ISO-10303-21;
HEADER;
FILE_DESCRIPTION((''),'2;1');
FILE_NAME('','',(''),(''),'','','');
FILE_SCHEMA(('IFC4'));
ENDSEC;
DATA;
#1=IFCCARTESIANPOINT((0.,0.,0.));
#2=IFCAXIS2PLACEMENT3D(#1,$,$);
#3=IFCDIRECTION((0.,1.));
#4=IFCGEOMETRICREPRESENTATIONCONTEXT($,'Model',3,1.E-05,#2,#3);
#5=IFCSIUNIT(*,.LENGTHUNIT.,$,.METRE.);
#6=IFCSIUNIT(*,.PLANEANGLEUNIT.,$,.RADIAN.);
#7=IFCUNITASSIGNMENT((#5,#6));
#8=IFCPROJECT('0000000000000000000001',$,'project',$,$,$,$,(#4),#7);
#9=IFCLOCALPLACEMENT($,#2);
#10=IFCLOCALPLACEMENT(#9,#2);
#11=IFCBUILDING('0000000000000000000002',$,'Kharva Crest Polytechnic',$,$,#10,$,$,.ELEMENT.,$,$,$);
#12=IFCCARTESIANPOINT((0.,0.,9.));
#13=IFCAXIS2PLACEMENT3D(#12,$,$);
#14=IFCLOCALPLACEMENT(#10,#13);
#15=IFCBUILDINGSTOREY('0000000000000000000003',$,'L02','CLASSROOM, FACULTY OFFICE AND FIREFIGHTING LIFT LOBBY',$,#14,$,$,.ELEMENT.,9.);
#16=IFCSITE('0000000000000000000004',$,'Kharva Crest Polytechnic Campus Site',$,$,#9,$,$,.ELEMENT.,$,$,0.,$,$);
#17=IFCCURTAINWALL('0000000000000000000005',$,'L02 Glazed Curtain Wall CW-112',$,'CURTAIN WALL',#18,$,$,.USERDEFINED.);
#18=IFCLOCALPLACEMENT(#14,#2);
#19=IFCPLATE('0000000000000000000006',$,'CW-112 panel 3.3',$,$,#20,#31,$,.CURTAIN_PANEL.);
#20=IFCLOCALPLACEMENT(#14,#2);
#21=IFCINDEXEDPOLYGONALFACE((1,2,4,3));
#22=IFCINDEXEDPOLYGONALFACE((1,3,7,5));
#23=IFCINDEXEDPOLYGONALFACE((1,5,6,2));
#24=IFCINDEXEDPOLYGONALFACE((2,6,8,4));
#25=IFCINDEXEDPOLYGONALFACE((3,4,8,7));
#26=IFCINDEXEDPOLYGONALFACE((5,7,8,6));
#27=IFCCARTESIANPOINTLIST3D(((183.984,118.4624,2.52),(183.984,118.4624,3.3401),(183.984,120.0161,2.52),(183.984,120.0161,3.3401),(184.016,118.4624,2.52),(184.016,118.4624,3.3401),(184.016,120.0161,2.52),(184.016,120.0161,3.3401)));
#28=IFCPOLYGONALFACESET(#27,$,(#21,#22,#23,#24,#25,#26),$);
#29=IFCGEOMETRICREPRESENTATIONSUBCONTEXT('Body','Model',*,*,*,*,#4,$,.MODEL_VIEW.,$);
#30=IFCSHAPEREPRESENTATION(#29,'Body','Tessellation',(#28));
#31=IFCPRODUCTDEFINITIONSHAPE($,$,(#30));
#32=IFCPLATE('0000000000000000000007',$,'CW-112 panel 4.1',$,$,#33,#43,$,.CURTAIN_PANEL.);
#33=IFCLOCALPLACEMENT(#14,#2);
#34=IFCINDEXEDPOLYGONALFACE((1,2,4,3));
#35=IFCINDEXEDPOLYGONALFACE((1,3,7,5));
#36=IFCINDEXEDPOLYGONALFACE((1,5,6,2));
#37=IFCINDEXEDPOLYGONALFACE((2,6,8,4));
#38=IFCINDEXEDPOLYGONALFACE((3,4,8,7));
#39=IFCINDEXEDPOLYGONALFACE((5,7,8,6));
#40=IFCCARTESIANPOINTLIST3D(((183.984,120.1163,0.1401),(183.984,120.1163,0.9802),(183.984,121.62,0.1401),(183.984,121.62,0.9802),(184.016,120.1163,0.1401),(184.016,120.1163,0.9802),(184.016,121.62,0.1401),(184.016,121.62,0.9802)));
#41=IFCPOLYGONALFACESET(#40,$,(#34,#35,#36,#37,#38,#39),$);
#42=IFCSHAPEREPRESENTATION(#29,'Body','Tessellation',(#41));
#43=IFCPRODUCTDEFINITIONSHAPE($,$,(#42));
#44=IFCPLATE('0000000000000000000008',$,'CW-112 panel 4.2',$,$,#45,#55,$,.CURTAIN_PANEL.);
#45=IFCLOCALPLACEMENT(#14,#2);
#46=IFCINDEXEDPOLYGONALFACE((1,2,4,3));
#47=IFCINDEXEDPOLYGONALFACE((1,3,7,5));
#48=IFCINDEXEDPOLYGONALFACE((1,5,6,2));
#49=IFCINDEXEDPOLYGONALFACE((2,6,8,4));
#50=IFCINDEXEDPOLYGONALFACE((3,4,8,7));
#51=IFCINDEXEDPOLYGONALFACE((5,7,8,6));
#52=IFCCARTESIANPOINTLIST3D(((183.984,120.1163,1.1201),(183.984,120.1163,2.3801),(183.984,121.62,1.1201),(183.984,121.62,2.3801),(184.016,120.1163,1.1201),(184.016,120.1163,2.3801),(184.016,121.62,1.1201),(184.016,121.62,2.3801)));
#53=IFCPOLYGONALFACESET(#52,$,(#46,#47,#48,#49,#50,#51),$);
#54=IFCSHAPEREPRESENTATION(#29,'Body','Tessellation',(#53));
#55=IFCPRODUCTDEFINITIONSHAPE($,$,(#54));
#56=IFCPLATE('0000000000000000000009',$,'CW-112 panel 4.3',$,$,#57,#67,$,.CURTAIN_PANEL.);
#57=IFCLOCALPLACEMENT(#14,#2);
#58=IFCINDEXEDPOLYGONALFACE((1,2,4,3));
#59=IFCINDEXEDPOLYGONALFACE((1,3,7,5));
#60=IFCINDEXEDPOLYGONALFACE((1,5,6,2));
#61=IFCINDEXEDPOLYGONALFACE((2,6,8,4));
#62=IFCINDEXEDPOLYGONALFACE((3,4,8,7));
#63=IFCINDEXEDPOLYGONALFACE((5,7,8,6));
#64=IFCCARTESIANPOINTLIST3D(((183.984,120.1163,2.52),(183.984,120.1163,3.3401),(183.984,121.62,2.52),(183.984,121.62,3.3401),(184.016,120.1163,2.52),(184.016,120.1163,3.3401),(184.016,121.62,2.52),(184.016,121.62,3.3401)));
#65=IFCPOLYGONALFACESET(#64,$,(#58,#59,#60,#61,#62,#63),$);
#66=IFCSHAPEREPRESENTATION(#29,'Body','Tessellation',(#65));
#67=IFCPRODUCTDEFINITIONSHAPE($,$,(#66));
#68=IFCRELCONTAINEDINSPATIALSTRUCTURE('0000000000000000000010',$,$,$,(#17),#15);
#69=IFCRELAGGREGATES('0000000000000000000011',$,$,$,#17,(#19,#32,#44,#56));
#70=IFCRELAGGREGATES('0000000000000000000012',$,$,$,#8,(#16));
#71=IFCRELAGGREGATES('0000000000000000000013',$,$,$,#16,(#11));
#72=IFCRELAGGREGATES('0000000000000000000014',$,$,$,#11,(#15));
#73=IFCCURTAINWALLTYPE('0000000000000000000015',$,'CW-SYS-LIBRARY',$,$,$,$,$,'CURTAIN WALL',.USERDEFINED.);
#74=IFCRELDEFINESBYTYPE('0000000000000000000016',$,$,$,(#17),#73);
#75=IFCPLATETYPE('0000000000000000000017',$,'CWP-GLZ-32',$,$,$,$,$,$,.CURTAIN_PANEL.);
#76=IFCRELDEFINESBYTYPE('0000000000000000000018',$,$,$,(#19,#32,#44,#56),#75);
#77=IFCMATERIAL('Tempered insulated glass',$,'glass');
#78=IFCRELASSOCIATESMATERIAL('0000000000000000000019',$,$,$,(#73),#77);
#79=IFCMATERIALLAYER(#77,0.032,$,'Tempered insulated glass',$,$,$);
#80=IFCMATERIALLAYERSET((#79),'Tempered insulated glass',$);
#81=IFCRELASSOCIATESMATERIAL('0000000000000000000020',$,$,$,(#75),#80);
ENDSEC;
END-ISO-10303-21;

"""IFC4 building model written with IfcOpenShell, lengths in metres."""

from ifc_helpers import new_model, si_unit, direction, frame, origin, origin_2d, place, context, subcontext, project, spatial, rectangle, extrude, material, layer, layer_set, type_object, element, aggregate, save


model = new_model("IFC4")

# Units and contexts
model_context = context("Model", 3, precision=1e-05, world=origin(), true_north=direction((0.0, 1.0)))
body_context = subcontext(model_context, "Body", "Model", "MODEL_VIEW")
ifc_project = project(units=[si_unit("LENGTHUNIT", "METRE"), si_unit("PLANEANGLEUNIT", "RADIAN")], contexts=[model_context])

# Site, building, storey
site_placement = place(None, origin())
site = spatial("IfcSite", under=ifc_project, at=site_placement, Name="Kharva Crest Polytechnic Campus Site", CompositionType="ELEMENT", RefElevation=0.0)
building_placement = place(site_placement, origin())
building = spatial("IfcBuilding", under=site, at=building_placement, Name="Kharva Crest Polytechnic", CompositionType="ELEMENT")
storey_placement = place(building_placement, frame((0.0, 0.0, 9.0)))
storey = spatial("IfcBuildingStorey", under=building, at=storey_placement, Name="L02", Description="CLASSROOM, FACULTY OFFICE AND FIREFIGHTING LIFT LOBBY", CompositionType="ELEMENT", Elevation=9.0)

# Curtain wall
ifc_material_1 = material(Name="Tempered insulated glass", Category="glass")
curtain_wall_type = type_object("IfcCurtainWallType", Name="CW-SYS-LIBRARY", ElementType="CURTAIN WALL", PredefinedType="USERDEFINED", material=ifc_material_1)
curtain_wall_1_placement = place(storey_placement, origin())
curtain_wall_1 = element("IfcCurtainWall", 1, at=curtain_wall_1_placement, inside=storey, type_object=curtain_wall_type, Name="L02 Glazed Curtain Wall CW-112", ObjectType="CURTAIN WALL", PredefinedType="USERDEFINED")

# Plates
ifc_layer = layer(ifc_material_1, 0.032, Name="Tempered insulated glass")
ifc_layer_set = layer_set([ifc_layer], Name="Tempered insulated glass")
plate_type = type_object("IfcPlateType", Name="CWP-GLZ-32", PredefinedType="CURTAIN_PANEL", material=ifc_layer_set)
plate_1_placement = place(storey_placement, frame((184.0, 119.2393, 2.52), z_axis=(0.0, 0.0, 1.0), x_axis=(0.0, 1.0, 0.0)))
plate_1 = element("IfcPlate", 2, at=plate_1_placement, type_object=plate_type, Name="CW-112 panel 3.3", PredefinedType="CURTAIN_PANEL", context=body_context, shape_type="SweptSolid", body=[
    extrude(rectangle(XDim=1.5537, YDim=0.032, at=origin_2d()), origin(), (0.0, 0.0, 1.0), 0.8201),
])
plate_2_placement = place(storey_placement, frame((184.0, 120.8682, 0.1401), z_axis=(0.0, 0.0, 1.0), x_axis=(0.0, 1.0, 0.0)))
plate_2 = element("IfcPlate", 3, at=plate_2_placement, type_object=plate_type, Name="CW-112 panel 4.1", PredefinedType="CURTAIN_PANEL", context=body_context, shape_type="SweptSolid", body=[
    extrude(rectangle(XDim=1.5037, YDim=0.032, at=origin_2d()), origin(), (0.0, 0.0, 1.0), 0.8401),
])
plate_3_placement = place(storey_placement, frame((184.0, 120.8682, 1.1201), z_axis=(0.0, 0.0, 1.0), x_axis=(0.0, 1.0, 0.0)))
plate_3 = element("IfcPlate", 4, at=plate_3_placement, type_object=plate_type, Name="CW-112 panel 4.2", PredefinedType="CURTAIN_PANEL", context=body_context, shape_type="SweptSolid", body=[
    extrude(rectangle(XDim=1.5037, YDim=0.032, at=origin_2d()), origin(), (0.0, 0.0, 1.0), 1.26),
])
plate_4_placement = place(storey_placement, frame((184.0, 120.8682, 2.52), z_axis=(0.0, 0.0, 1.0), x_axis=(0.0, 1.0, 0.0)))
plate_4 = element("IfcPlate", 5, at=plate_4_placement, type_object=plate_type, Name="CW-112 panel 4.3", PredefinedType="CURTAIN_PANEL", context=body_context, shape_type="SweptSolid", body=[
    extrude(rectangle(XDim=1.5037, YDim=0.032, at=origin_2d()), origin(), (0.0, 0.0, 1.0), 0.8201),
])
aggregate(curtain_wall_1, [plate_1, plate_2, plate_3, plate_4])

save(model, "model.ifc")
